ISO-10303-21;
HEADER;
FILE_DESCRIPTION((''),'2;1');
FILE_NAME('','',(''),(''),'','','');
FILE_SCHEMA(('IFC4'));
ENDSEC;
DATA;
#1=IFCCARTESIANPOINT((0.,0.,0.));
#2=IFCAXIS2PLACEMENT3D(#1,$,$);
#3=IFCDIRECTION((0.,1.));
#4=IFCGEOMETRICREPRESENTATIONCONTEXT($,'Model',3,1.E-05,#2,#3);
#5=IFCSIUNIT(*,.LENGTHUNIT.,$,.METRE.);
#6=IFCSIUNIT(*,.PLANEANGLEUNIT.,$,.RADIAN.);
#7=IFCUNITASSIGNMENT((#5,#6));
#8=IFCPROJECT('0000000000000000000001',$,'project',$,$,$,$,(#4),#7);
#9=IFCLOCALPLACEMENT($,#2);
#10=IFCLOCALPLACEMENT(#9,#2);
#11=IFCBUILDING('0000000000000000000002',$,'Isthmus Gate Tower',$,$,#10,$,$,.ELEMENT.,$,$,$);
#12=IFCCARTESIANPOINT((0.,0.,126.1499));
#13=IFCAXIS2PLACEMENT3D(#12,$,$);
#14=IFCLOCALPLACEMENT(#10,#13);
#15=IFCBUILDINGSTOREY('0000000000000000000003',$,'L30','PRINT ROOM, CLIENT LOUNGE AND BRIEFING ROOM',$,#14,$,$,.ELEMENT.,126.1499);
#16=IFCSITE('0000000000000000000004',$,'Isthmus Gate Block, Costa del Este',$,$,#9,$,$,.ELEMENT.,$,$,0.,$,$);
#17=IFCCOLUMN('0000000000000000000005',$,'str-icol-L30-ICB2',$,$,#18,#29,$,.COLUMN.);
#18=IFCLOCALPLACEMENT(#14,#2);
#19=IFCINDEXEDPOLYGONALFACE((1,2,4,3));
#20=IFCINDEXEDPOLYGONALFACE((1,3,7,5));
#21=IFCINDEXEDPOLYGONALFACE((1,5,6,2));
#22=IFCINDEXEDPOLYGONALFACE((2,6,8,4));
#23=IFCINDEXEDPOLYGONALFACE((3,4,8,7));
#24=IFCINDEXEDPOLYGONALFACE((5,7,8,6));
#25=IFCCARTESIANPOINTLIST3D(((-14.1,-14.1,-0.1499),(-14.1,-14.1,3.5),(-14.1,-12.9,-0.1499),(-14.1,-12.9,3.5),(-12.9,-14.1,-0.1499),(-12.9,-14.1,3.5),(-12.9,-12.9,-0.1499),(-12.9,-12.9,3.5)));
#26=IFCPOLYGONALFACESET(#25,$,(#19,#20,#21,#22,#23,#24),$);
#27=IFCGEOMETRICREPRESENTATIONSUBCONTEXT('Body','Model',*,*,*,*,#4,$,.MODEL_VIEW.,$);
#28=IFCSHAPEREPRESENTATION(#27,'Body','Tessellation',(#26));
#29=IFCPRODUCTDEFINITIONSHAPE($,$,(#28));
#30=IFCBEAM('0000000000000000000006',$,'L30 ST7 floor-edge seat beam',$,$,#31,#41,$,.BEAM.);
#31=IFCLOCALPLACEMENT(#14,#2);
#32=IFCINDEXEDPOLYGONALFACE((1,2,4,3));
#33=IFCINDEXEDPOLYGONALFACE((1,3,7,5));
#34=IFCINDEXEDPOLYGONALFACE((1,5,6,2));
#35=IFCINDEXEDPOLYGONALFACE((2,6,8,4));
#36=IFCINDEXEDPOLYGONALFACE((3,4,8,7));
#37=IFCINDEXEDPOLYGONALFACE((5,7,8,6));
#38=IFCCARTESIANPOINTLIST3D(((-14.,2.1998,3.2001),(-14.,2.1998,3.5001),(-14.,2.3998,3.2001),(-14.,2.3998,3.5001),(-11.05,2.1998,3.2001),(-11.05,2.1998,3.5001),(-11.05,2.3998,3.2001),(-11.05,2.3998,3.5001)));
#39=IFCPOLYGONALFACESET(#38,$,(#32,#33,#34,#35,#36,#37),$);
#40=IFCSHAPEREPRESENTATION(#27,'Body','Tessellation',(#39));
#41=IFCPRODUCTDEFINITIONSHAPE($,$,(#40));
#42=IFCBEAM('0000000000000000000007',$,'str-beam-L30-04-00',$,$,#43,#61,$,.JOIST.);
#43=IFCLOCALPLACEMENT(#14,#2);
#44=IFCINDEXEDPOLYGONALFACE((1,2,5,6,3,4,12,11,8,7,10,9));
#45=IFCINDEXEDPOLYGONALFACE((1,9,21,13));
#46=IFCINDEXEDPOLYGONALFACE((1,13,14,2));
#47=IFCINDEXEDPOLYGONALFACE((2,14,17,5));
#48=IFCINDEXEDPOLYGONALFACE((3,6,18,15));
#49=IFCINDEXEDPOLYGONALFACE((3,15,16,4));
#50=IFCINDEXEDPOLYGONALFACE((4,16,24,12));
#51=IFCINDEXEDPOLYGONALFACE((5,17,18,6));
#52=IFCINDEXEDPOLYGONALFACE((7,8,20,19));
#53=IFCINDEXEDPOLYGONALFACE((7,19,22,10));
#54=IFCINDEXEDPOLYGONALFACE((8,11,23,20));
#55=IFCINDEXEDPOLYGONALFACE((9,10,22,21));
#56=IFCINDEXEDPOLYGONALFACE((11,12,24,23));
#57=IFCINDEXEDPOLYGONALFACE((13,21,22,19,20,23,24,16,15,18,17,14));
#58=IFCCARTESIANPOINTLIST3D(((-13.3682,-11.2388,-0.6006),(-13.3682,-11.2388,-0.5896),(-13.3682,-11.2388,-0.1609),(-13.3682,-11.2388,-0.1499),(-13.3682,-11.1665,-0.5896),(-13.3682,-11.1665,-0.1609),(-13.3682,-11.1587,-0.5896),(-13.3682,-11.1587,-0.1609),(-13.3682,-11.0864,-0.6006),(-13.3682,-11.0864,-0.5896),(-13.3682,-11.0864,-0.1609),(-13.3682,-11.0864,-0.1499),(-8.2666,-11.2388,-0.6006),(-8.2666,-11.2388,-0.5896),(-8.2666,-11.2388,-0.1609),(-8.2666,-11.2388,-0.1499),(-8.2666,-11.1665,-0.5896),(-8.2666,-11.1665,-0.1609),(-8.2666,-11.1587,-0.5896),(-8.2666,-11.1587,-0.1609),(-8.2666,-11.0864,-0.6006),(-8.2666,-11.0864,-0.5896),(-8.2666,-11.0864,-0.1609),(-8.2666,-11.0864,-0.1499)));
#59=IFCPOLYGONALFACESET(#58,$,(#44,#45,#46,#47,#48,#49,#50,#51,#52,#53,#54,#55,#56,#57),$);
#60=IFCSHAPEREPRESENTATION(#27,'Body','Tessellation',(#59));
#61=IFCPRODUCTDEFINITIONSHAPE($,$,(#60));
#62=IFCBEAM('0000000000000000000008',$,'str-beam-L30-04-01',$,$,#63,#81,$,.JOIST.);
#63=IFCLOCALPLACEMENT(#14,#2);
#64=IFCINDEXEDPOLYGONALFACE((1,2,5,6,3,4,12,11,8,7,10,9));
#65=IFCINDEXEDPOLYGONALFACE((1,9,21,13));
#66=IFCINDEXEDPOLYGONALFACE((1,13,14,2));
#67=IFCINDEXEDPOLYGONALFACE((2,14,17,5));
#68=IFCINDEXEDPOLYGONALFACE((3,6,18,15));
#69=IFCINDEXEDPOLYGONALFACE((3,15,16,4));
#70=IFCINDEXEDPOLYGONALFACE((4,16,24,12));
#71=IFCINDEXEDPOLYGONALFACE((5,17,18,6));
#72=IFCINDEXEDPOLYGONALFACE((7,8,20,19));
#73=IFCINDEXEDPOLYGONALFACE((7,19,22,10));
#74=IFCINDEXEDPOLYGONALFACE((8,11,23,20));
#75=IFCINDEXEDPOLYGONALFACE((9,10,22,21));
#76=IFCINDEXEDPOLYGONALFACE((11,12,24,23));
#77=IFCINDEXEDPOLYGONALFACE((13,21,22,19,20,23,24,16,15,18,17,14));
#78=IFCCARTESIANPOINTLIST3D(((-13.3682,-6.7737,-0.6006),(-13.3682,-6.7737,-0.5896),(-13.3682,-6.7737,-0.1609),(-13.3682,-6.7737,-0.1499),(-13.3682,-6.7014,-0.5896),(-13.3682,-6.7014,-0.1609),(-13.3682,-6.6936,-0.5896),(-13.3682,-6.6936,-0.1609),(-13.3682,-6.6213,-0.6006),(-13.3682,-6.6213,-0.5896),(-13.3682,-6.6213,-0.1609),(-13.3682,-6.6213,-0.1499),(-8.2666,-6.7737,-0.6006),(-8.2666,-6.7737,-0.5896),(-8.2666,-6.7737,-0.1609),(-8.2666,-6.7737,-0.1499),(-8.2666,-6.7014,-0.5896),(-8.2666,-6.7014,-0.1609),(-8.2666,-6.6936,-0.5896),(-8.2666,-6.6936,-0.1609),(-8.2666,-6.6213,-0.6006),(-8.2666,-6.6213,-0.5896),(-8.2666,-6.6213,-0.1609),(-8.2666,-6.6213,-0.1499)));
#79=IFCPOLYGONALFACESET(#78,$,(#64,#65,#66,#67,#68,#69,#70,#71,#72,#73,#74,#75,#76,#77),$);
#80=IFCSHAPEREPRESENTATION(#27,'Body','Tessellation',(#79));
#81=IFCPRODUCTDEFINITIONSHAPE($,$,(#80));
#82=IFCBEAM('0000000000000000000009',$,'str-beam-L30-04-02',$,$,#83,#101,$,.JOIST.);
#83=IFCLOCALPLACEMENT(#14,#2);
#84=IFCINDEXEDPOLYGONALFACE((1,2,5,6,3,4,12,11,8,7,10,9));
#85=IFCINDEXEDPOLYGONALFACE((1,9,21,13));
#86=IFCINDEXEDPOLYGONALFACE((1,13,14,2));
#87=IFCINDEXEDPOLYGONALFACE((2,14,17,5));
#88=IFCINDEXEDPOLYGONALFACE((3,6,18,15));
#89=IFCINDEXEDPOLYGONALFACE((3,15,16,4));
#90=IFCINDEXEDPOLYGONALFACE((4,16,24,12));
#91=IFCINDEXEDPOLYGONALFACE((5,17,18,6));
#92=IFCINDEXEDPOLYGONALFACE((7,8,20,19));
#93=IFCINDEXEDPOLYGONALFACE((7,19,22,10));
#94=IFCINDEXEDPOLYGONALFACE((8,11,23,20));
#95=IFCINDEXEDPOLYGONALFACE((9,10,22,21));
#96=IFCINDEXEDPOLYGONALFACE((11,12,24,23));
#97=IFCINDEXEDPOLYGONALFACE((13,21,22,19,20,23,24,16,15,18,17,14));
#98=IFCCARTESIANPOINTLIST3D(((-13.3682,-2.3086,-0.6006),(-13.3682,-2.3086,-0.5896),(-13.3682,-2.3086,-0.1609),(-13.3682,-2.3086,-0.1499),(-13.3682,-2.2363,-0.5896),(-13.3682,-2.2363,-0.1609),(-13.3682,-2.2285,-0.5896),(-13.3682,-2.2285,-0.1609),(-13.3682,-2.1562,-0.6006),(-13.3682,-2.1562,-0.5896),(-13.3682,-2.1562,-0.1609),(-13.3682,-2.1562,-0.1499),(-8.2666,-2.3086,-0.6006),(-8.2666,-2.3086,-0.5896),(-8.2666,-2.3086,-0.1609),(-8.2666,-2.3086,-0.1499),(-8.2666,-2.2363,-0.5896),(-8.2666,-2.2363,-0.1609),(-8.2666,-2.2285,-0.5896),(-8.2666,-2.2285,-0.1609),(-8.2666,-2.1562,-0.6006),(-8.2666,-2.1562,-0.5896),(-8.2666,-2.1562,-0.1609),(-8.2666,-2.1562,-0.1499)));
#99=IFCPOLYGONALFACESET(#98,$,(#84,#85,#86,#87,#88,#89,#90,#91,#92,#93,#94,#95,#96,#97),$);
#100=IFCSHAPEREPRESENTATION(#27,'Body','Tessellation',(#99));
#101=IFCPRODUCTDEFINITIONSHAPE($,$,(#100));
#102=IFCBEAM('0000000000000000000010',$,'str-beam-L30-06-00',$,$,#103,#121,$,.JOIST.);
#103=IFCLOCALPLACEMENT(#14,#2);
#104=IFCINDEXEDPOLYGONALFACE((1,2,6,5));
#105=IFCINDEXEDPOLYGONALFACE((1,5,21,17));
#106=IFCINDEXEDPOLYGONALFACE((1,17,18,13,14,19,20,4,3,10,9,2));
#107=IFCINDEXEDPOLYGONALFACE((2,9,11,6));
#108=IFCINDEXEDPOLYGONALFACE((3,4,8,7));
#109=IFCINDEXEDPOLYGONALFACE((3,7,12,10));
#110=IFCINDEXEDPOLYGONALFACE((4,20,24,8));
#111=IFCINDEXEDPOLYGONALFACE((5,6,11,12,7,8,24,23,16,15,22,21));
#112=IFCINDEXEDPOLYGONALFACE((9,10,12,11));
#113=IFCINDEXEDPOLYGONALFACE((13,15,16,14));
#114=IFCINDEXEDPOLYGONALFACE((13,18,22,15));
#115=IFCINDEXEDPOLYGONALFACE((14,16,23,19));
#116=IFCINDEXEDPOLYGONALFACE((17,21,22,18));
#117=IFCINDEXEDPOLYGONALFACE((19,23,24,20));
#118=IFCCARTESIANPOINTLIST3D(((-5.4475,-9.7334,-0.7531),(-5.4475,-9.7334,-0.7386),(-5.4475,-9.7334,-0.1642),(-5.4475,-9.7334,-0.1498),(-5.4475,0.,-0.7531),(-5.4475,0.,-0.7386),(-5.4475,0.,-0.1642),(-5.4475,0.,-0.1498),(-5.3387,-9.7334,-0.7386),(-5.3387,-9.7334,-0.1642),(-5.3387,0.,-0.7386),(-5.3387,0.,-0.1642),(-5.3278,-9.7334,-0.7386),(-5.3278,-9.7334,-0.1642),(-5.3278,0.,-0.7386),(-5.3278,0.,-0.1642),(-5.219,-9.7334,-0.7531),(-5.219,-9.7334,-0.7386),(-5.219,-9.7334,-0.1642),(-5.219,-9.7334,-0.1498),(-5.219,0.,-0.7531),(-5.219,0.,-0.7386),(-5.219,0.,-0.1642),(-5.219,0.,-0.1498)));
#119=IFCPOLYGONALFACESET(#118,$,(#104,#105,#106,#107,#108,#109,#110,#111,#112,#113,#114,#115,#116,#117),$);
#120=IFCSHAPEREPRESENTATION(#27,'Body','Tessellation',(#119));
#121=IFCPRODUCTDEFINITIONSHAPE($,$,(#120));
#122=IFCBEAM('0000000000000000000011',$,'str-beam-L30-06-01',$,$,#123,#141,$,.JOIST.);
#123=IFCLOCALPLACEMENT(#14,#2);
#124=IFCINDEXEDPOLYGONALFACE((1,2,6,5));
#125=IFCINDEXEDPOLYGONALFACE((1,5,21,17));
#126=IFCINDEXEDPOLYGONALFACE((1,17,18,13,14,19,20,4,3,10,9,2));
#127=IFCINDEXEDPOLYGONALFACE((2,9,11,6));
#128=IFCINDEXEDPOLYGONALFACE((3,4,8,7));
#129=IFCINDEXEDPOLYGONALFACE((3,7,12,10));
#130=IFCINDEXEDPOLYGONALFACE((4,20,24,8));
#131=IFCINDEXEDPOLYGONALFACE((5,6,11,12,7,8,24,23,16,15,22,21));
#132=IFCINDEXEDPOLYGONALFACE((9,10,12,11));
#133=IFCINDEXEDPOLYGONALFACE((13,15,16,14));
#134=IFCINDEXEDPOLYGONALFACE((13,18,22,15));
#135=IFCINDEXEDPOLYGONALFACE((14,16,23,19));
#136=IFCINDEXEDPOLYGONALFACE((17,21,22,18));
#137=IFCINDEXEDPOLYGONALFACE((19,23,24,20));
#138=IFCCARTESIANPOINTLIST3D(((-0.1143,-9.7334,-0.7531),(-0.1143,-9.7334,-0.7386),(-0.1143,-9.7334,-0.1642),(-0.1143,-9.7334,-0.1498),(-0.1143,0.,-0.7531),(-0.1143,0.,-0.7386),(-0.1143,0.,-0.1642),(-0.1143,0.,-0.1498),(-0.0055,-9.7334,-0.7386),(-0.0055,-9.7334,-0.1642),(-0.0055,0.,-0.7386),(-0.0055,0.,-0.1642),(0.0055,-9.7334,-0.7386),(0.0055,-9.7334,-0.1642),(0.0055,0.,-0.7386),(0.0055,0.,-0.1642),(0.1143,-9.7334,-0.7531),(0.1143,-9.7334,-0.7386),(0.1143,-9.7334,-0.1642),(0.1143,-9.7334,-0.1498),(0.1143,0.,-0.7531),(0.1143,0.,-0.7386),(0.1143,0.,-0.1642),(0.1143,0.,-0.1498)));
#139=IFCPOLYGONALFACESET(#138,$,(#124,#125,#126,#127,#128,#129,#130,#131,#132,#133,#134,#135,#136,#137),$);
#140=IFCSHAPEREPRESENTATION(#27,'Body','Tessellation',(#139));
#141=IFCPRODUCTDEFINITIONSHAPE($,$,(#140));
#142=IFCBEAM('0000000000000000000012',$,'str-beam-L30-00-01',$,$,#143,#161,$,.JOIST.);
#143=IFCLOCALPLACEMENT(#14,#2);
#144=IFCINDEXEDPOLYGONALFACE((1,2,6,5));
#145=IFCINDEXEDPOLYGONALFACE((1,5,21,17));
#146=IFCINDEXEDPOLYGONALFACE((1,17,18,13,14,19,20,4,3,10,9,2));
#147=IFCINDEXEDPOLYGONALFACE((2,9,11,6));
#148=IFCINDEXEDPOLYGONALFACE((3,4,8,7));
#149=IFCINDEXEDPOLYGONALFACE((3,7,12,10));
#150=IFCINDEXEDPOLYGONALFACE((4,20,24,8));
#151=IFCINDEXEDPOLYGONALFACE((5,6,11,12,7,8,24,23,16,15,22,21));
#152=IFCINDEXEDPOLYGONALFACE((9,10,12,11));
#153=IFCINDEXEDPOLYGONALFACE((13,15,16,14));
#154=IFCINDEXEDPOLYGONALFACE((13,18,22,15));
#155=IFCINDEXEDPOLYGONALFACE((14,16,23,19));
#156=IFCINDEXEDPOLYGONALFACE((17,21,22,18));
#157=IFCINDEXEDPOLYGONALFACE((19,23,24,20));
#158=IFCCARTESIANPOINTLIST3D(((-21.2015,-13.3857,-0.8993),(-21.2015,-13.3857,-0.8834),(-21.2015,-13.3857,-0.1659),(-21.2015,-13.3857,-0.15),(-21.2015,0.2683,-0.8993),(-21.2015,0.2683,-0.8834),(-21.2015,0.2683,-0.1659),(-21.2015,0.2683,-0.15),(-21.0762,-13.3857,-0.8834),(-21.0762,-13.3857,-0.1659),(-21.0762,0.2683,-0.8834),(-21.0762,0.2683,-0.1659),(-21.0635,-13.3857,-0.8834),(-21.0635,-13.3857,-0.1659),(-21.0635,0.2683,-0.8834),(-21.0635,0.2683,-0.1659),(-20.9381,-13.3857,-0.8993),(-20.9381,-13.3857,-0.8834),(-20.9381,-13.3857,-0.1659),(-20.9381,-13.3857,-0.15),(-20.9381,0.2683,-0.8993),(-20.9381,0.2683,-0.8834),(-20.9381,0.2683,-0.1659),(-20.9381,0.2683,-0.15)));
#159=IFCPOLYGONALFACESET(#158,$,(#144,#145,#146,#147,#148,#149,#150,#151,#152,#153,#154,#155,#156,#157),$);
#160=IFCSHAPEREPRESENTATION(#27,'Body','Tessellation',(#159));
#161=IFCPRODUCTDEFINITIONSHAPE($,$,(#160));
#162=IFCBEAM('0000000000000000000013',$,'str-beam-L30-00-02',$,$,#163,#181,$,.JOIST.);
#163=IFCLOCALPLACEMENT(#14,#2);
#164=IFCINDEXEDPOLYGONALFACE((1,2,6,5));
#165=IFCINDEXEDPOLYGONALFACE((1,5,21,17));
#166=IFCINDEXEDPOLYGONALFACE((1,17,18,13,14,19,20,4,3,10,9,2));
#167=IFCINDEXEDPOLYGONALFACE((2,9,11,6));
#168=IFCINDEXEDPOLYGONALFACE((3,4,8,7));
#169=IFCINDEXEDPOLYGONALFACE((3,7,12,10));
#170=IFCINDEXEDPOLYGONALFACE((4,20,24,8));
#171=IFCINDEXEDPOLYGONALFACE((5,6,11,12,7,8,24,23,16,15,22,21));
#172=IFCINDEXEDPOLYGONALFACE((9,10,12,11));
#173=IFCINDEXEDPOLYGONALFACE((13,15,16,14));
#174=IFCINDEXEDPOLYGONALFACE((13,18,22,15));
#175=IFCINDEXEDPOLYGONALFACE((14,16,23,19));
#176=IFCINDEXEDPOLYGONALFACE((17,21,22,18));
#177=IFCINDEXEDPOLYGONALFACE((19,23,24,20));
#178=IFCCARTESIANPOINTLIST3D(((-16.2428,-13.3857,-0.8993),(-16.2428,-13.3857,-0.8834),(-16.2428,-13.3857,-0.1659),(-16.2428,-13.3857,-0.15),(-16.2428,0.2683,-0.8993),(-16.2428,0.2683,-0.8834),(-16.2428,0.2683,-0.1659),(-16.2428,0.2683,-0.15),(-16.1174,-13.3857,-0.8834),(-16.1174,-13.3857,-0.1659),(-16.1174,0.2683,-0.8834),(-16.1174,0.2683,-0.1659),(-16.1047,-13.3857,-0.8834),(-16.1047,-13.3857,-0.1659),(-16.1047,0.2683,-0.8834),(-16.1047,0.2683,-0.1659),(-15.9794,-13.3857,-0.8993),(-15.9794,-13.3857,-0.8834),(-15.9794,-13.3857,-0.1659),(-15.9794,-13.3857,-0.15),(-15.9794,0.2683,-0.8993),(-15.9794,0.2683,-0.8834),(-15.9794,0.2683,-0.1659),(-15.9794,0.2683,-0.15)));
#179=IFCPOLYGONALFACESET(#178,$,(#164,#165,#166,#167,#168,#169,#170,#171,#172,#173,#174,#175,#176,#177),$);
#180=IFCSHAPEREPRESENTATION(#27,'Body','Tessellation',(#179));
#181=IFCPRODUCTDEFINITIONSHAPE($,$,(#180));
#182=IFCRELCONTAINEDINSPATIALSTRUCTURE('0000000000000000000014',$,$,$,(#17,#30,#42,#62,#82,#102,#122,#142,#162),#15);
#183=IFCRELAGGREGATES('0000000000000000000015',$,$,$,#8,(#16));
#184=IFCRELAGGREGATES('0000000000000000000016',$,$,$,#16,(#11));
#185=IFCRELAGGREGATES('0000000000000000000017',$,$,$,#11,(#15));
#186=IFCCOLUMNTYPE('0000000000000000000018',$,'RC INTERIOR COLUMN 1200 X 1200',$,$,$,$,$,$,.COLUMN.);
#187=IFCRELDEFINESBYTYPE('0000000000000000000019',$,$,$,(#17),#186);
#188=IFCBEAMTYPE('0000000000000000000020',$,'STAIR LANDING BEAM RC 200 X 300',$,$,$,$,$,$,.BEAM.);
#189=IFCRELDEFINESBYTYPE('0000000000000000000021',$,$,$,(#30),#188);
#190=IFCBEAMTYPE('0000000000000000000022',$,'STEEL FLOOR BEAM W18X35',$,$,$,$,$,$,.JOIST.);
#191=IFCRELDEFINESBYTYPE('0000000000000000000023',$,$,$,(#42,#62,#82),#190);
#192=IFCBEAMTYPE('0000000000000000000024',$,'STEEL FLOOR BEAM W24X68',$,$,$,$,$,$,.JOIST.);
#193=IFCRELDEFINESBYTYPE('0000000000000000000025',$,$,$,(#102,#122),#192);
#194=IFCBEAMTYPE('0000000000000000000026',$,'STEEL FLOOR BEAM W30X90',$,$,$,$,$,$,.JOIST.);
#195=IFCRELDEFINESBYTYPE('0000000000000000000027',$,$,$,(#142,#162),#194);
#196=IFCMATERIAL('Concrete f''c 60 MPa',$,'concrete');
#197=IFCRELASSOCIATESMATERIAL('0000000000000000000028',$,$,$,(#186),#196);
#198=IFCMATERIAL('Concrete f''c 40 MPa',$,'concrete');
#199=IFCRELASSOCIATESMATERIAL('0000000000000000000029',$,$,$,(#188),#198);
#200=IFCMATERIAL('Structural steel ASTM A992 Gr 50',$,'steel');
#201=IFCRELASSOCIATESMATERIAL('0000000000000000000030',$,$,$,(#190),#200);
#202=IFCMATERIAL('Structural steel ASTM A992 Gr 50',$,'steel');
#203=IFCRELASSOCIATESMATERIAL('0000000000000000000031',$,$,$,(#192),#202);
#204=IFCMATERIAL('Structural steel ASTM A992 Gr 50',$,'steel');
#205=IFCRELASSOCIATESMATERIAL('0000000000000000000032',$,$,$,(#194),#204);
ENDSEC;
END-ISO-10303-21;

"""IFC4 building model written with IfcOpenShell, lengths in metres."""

from ifc_helpers import new_model, si_unit, direction, frame, origin, origin_2d, place, context, subcontext, project, spatial, rectangle, i_section, extrude, material, material_profile, profile_set, type_object, element, save


model = new_model("IFC4")

# Units and contexts
model_context = context("Model", 3, precision=1e-05, world=origin(), true_north=direction((0.0, 1.0)))
body_context = subcontext(model_context, "Body", "Model", "MODEL_VIEW")
ifc_project = project(units=[si_unit("LENGTHUNIT", "METRE"), si_unit("PLANEANGLEUNIT", "RADIAN")], contexts=[model_context])

# Site, building, storey
site_placement = place(None, origin())
site = spatial("IfcSite", under=ifc_project, at=site_placement, Name="Isthmus Gate Block, Costa del Este", CompositionType="ELEMENT", RefElevation=0.0)
building_placement = place(site_placement, origin())
building = spatial("IfcBuilding", under=site, at=building_placement, Name="Isthmus Gate Tower", CompositionType="ELEMENT")
storey_placement = place(building_placement, frame((0.0, 0.0, 126.1499)))
storey = spatial("IfcBuildingStorey", under=building, at=storey_placement, Name="L30", Description="PRINT ROOM, CLIENT LOUNGE AND BRIEFING ROOM", CompositionType="ELEMENT", Elevation=126.1499)

# Column
ifc_material_1 = material(Name="Concrete f'c 60 MPa", Category="concrete")
ifc_material_profile_1 = material_profile(ifc_material_1, rectangle(XDim=1.2, YDim=1.2, at=origin_2d()), Name="RC 1200X1200")
ifc_profile_set_1 = profile_set([ifc_material_profile_1], Name="Concrete f'c 60 MPa")
column_type = type_object("IfcColumnType", Name="RC INTERIOR COLUMN 1200 X 1200", PredefinedType="COLUMN", material=ifc_profile_set_1)
column_placement = place(storey_placement, frame((-13.5, -13.5, -0.1499), z_axis=(0.0, 0.0, 1.0), x_axis=(1.0, 0.0, 0.0)))
element("IfcColumn", 1, at=column_placement, inside=storey, type_object=column_type, Name="str-icol-L30-ICB2", PredefinedType="COLUMN", context=body_context, shape_type="SweptSolid", body=[
    extrude(rectangle(XDim=1.2, YDim=1.2, at=origin_2d()), origin(), (0.0, 0.0, 1.0), 3.6499),
])

# Beams
ifc_material_2 = material(Name="Concrete f'c 40 MPa", Category="concrete")
ifc_material_profile_2 = material_profile(ifc_material_2, rectangle(XDim=0.2, YDim=0.3, at=origin_2d()), Name="STAIR LANDING BEAM RC 200 X 300")
ifc_profile_set_2 = profile_set([ifc_material_profile_2], Name="Concrete f'c 40 MPa")
beam_type_1 = type_object("IfcBeamType", Name="STAIR LANDING BEAM RC 200 X 300", PredefinedType="BEAM", material=ifc_profile_set_2)
beam_1_placement = place(storey_placement, frame((-14.0, 2.2998, 3.3501), z_axis=(1.0, 0.0, 0.0), x_axis=(0.0, 1.0, 0.0)))
element("IfcBeam", 2, at=beam_1_placement, inside=storey, type_object=beam_type_1, Name="L30 ST7 floor-edge seat beam", PredefinedType="BEAM", context=body_context, shape_type="SweptSolid", body=[
    extrude(rectangle(XDim=0.2, YDim=0.3, at=origin_2d()), origin(), (0.0, 0.0, 1.0), 2.95),
])
ifc_material_3 = material(Name="Structural steel ASTM A992 Gr 50", Category="steel")
ifc_material_profile_3 = material_profile(ifc_material_3, i_section(OverallWidth=0.1523, OverallDepth=0.4507, WebThickness=0.0078, FlangeThickness=0.011, at=origin_2d()), Name="W18X35")
ifc_profile_set_3 = profile_set([ifc_material_profile_3], Name="Structural steel ASTM A992 Gr 50")
beam_type_2 = type_object("IfcBeamType", Name="STEEL FLOOR BEAM W18X35", PredefinedType="JOIST", material=ifc_profile_set_3)
for number, where, z_axis, x_axis, name in (
    (3, (-13.3682, -11.1626, -0.3752), (1.0, 0.0, 0.0), (0.0, 1.0, 0.0), "str-beam-L30-04-00"),
    (4, (-13.3682, -6.6975, -0.3752), (1.0, 0.0, 0.0), (0.0, 1.0, 0.0), "str-beam-L30-04-01"),
    (5, (-13.3682, -2.2324, -0.3752), (1.0, 0.0, 0.0), (0.0, 1.0, 0.0), "str-beam-L30-04-02"),
):
    element("IfcBeam", number, at=place(storey_placement, frame(where, z_axis=z_axis, x_axis=x_axis)), inside=storey, type_object=beam_type_2, Name=name, PredefinedType="JOIST", context=body_context, shape_type="SweptSolid", body=[
        extrude(i_section(OverallWidth=0.1523, OverallDepth=0.4507, WebThickness=0.0078, FlangeThickness=0.011, at=origin_2d()), origin(), (0.0, 0.0, 1.0), 5.1016),
    ])
ifc_material_4 = material(Name="Structural steel ASTM A992 Gr 50", Category="steel")
ifc_material_profile_4 = material_profile(ifc_material_4, i_section(OverallWidth=0.2285, OverallDepth=0.6033, WebThickness=0.011, FlangeThickness=0.0144, at=origin_2d()), Name="W24X68")
ifc_profile_set_4 = profile_set([ifc_material_profile_4], Name="Structural steel ASTM A992 Gr 50")
beam_type_3 = type_object("IfcBeamType", Name="STEEL FLOOR BEAM W24X68", PredefinedType="JOIST", material=ifc_profile_set_4)
for number, where, z_axis, x_axis, name in (
    (6, (-5.3333, -9.7334, -0.4514), (0.0, 1.0, 0.0), (-1.0, 0.0, 0.0), "str-beam-L30-06-00"),
    (7, (0.0, -9.7334, -0.4514), (0.0, 1.0, 0.0), (-1.0, 0.0, 0.0), "str-beam-L30-06-01"),
):
    element("IfcBeam", number, at=place(storey_placement, frame(where, z_axis=z_axis, x_axis=x_axis)), inside=storey, type_object=beam_type_3, Name=name, PredefinedType="JOIST", context=body_context, shape_type="SweptSolid", body=[
        extrude(i_section(OverallWidth=0.2285, OverallDepth=0.6033, WebThickness=0.011, FlangeThickness=0.0144, at=origin_2d()), origin(), (0.0, 0.0, 1.0), 9.7334),
    ])
ifc_material_5 = material(Name="Structural steel ASTM A992 Gr 50", Category="steel")
ifc_material_profile_5 = material_profile(ifc_material_5, i_section(OverallWidth=0.2634, OverallDepth=0.7493, WebThickness=0.0127, FlangeThickness=0.0159, at=origin_2d()), Name="W30X90")
ifc_profile_set_5 = profile_set([ifc_material_profile_5], Name="Structural steel ASTM A992 Gr 50")
beam_type_4 = type_object("IfcBeamType", Name="STEEL FLOOR BEAM W30X90", PredefinedType="JOIST", material=ifc_profile_set_5)
for number, where, z_axis, x_axis, name in (
    (8, (-21.0698, -13.3857, -0.5247), (0.0, 1.0, 0.0), (-1.0, 0.0, 0.0), "str-beam-L30-00-01"),
    (9, (-16.1111, -13.3857, -0.5247), (0.0, 1.0, 0.0), (-1.0, 0.0, 0.0), "str-beam-L30-00-02"),
):
    element("IfcBeam", number, at=place(storey_placement, frame(where, z_axis=z_axis, x_axis=x_axis)), inside=storey, type_object=beam_type_4, Name=name, PredefinedType="JOIST", context=body_context, shape_type="SweptSolid", body=[
        extrude(i_section(OverallWidth=0.2634, OverallDepth=0.7493, WebThickness=0.0127, FlangeThickness=0.0159, at=origin_2d()), origin(), (0.0, 0.0, 1.0), 13.6541),
    ])

save(model, "model.ifc")
